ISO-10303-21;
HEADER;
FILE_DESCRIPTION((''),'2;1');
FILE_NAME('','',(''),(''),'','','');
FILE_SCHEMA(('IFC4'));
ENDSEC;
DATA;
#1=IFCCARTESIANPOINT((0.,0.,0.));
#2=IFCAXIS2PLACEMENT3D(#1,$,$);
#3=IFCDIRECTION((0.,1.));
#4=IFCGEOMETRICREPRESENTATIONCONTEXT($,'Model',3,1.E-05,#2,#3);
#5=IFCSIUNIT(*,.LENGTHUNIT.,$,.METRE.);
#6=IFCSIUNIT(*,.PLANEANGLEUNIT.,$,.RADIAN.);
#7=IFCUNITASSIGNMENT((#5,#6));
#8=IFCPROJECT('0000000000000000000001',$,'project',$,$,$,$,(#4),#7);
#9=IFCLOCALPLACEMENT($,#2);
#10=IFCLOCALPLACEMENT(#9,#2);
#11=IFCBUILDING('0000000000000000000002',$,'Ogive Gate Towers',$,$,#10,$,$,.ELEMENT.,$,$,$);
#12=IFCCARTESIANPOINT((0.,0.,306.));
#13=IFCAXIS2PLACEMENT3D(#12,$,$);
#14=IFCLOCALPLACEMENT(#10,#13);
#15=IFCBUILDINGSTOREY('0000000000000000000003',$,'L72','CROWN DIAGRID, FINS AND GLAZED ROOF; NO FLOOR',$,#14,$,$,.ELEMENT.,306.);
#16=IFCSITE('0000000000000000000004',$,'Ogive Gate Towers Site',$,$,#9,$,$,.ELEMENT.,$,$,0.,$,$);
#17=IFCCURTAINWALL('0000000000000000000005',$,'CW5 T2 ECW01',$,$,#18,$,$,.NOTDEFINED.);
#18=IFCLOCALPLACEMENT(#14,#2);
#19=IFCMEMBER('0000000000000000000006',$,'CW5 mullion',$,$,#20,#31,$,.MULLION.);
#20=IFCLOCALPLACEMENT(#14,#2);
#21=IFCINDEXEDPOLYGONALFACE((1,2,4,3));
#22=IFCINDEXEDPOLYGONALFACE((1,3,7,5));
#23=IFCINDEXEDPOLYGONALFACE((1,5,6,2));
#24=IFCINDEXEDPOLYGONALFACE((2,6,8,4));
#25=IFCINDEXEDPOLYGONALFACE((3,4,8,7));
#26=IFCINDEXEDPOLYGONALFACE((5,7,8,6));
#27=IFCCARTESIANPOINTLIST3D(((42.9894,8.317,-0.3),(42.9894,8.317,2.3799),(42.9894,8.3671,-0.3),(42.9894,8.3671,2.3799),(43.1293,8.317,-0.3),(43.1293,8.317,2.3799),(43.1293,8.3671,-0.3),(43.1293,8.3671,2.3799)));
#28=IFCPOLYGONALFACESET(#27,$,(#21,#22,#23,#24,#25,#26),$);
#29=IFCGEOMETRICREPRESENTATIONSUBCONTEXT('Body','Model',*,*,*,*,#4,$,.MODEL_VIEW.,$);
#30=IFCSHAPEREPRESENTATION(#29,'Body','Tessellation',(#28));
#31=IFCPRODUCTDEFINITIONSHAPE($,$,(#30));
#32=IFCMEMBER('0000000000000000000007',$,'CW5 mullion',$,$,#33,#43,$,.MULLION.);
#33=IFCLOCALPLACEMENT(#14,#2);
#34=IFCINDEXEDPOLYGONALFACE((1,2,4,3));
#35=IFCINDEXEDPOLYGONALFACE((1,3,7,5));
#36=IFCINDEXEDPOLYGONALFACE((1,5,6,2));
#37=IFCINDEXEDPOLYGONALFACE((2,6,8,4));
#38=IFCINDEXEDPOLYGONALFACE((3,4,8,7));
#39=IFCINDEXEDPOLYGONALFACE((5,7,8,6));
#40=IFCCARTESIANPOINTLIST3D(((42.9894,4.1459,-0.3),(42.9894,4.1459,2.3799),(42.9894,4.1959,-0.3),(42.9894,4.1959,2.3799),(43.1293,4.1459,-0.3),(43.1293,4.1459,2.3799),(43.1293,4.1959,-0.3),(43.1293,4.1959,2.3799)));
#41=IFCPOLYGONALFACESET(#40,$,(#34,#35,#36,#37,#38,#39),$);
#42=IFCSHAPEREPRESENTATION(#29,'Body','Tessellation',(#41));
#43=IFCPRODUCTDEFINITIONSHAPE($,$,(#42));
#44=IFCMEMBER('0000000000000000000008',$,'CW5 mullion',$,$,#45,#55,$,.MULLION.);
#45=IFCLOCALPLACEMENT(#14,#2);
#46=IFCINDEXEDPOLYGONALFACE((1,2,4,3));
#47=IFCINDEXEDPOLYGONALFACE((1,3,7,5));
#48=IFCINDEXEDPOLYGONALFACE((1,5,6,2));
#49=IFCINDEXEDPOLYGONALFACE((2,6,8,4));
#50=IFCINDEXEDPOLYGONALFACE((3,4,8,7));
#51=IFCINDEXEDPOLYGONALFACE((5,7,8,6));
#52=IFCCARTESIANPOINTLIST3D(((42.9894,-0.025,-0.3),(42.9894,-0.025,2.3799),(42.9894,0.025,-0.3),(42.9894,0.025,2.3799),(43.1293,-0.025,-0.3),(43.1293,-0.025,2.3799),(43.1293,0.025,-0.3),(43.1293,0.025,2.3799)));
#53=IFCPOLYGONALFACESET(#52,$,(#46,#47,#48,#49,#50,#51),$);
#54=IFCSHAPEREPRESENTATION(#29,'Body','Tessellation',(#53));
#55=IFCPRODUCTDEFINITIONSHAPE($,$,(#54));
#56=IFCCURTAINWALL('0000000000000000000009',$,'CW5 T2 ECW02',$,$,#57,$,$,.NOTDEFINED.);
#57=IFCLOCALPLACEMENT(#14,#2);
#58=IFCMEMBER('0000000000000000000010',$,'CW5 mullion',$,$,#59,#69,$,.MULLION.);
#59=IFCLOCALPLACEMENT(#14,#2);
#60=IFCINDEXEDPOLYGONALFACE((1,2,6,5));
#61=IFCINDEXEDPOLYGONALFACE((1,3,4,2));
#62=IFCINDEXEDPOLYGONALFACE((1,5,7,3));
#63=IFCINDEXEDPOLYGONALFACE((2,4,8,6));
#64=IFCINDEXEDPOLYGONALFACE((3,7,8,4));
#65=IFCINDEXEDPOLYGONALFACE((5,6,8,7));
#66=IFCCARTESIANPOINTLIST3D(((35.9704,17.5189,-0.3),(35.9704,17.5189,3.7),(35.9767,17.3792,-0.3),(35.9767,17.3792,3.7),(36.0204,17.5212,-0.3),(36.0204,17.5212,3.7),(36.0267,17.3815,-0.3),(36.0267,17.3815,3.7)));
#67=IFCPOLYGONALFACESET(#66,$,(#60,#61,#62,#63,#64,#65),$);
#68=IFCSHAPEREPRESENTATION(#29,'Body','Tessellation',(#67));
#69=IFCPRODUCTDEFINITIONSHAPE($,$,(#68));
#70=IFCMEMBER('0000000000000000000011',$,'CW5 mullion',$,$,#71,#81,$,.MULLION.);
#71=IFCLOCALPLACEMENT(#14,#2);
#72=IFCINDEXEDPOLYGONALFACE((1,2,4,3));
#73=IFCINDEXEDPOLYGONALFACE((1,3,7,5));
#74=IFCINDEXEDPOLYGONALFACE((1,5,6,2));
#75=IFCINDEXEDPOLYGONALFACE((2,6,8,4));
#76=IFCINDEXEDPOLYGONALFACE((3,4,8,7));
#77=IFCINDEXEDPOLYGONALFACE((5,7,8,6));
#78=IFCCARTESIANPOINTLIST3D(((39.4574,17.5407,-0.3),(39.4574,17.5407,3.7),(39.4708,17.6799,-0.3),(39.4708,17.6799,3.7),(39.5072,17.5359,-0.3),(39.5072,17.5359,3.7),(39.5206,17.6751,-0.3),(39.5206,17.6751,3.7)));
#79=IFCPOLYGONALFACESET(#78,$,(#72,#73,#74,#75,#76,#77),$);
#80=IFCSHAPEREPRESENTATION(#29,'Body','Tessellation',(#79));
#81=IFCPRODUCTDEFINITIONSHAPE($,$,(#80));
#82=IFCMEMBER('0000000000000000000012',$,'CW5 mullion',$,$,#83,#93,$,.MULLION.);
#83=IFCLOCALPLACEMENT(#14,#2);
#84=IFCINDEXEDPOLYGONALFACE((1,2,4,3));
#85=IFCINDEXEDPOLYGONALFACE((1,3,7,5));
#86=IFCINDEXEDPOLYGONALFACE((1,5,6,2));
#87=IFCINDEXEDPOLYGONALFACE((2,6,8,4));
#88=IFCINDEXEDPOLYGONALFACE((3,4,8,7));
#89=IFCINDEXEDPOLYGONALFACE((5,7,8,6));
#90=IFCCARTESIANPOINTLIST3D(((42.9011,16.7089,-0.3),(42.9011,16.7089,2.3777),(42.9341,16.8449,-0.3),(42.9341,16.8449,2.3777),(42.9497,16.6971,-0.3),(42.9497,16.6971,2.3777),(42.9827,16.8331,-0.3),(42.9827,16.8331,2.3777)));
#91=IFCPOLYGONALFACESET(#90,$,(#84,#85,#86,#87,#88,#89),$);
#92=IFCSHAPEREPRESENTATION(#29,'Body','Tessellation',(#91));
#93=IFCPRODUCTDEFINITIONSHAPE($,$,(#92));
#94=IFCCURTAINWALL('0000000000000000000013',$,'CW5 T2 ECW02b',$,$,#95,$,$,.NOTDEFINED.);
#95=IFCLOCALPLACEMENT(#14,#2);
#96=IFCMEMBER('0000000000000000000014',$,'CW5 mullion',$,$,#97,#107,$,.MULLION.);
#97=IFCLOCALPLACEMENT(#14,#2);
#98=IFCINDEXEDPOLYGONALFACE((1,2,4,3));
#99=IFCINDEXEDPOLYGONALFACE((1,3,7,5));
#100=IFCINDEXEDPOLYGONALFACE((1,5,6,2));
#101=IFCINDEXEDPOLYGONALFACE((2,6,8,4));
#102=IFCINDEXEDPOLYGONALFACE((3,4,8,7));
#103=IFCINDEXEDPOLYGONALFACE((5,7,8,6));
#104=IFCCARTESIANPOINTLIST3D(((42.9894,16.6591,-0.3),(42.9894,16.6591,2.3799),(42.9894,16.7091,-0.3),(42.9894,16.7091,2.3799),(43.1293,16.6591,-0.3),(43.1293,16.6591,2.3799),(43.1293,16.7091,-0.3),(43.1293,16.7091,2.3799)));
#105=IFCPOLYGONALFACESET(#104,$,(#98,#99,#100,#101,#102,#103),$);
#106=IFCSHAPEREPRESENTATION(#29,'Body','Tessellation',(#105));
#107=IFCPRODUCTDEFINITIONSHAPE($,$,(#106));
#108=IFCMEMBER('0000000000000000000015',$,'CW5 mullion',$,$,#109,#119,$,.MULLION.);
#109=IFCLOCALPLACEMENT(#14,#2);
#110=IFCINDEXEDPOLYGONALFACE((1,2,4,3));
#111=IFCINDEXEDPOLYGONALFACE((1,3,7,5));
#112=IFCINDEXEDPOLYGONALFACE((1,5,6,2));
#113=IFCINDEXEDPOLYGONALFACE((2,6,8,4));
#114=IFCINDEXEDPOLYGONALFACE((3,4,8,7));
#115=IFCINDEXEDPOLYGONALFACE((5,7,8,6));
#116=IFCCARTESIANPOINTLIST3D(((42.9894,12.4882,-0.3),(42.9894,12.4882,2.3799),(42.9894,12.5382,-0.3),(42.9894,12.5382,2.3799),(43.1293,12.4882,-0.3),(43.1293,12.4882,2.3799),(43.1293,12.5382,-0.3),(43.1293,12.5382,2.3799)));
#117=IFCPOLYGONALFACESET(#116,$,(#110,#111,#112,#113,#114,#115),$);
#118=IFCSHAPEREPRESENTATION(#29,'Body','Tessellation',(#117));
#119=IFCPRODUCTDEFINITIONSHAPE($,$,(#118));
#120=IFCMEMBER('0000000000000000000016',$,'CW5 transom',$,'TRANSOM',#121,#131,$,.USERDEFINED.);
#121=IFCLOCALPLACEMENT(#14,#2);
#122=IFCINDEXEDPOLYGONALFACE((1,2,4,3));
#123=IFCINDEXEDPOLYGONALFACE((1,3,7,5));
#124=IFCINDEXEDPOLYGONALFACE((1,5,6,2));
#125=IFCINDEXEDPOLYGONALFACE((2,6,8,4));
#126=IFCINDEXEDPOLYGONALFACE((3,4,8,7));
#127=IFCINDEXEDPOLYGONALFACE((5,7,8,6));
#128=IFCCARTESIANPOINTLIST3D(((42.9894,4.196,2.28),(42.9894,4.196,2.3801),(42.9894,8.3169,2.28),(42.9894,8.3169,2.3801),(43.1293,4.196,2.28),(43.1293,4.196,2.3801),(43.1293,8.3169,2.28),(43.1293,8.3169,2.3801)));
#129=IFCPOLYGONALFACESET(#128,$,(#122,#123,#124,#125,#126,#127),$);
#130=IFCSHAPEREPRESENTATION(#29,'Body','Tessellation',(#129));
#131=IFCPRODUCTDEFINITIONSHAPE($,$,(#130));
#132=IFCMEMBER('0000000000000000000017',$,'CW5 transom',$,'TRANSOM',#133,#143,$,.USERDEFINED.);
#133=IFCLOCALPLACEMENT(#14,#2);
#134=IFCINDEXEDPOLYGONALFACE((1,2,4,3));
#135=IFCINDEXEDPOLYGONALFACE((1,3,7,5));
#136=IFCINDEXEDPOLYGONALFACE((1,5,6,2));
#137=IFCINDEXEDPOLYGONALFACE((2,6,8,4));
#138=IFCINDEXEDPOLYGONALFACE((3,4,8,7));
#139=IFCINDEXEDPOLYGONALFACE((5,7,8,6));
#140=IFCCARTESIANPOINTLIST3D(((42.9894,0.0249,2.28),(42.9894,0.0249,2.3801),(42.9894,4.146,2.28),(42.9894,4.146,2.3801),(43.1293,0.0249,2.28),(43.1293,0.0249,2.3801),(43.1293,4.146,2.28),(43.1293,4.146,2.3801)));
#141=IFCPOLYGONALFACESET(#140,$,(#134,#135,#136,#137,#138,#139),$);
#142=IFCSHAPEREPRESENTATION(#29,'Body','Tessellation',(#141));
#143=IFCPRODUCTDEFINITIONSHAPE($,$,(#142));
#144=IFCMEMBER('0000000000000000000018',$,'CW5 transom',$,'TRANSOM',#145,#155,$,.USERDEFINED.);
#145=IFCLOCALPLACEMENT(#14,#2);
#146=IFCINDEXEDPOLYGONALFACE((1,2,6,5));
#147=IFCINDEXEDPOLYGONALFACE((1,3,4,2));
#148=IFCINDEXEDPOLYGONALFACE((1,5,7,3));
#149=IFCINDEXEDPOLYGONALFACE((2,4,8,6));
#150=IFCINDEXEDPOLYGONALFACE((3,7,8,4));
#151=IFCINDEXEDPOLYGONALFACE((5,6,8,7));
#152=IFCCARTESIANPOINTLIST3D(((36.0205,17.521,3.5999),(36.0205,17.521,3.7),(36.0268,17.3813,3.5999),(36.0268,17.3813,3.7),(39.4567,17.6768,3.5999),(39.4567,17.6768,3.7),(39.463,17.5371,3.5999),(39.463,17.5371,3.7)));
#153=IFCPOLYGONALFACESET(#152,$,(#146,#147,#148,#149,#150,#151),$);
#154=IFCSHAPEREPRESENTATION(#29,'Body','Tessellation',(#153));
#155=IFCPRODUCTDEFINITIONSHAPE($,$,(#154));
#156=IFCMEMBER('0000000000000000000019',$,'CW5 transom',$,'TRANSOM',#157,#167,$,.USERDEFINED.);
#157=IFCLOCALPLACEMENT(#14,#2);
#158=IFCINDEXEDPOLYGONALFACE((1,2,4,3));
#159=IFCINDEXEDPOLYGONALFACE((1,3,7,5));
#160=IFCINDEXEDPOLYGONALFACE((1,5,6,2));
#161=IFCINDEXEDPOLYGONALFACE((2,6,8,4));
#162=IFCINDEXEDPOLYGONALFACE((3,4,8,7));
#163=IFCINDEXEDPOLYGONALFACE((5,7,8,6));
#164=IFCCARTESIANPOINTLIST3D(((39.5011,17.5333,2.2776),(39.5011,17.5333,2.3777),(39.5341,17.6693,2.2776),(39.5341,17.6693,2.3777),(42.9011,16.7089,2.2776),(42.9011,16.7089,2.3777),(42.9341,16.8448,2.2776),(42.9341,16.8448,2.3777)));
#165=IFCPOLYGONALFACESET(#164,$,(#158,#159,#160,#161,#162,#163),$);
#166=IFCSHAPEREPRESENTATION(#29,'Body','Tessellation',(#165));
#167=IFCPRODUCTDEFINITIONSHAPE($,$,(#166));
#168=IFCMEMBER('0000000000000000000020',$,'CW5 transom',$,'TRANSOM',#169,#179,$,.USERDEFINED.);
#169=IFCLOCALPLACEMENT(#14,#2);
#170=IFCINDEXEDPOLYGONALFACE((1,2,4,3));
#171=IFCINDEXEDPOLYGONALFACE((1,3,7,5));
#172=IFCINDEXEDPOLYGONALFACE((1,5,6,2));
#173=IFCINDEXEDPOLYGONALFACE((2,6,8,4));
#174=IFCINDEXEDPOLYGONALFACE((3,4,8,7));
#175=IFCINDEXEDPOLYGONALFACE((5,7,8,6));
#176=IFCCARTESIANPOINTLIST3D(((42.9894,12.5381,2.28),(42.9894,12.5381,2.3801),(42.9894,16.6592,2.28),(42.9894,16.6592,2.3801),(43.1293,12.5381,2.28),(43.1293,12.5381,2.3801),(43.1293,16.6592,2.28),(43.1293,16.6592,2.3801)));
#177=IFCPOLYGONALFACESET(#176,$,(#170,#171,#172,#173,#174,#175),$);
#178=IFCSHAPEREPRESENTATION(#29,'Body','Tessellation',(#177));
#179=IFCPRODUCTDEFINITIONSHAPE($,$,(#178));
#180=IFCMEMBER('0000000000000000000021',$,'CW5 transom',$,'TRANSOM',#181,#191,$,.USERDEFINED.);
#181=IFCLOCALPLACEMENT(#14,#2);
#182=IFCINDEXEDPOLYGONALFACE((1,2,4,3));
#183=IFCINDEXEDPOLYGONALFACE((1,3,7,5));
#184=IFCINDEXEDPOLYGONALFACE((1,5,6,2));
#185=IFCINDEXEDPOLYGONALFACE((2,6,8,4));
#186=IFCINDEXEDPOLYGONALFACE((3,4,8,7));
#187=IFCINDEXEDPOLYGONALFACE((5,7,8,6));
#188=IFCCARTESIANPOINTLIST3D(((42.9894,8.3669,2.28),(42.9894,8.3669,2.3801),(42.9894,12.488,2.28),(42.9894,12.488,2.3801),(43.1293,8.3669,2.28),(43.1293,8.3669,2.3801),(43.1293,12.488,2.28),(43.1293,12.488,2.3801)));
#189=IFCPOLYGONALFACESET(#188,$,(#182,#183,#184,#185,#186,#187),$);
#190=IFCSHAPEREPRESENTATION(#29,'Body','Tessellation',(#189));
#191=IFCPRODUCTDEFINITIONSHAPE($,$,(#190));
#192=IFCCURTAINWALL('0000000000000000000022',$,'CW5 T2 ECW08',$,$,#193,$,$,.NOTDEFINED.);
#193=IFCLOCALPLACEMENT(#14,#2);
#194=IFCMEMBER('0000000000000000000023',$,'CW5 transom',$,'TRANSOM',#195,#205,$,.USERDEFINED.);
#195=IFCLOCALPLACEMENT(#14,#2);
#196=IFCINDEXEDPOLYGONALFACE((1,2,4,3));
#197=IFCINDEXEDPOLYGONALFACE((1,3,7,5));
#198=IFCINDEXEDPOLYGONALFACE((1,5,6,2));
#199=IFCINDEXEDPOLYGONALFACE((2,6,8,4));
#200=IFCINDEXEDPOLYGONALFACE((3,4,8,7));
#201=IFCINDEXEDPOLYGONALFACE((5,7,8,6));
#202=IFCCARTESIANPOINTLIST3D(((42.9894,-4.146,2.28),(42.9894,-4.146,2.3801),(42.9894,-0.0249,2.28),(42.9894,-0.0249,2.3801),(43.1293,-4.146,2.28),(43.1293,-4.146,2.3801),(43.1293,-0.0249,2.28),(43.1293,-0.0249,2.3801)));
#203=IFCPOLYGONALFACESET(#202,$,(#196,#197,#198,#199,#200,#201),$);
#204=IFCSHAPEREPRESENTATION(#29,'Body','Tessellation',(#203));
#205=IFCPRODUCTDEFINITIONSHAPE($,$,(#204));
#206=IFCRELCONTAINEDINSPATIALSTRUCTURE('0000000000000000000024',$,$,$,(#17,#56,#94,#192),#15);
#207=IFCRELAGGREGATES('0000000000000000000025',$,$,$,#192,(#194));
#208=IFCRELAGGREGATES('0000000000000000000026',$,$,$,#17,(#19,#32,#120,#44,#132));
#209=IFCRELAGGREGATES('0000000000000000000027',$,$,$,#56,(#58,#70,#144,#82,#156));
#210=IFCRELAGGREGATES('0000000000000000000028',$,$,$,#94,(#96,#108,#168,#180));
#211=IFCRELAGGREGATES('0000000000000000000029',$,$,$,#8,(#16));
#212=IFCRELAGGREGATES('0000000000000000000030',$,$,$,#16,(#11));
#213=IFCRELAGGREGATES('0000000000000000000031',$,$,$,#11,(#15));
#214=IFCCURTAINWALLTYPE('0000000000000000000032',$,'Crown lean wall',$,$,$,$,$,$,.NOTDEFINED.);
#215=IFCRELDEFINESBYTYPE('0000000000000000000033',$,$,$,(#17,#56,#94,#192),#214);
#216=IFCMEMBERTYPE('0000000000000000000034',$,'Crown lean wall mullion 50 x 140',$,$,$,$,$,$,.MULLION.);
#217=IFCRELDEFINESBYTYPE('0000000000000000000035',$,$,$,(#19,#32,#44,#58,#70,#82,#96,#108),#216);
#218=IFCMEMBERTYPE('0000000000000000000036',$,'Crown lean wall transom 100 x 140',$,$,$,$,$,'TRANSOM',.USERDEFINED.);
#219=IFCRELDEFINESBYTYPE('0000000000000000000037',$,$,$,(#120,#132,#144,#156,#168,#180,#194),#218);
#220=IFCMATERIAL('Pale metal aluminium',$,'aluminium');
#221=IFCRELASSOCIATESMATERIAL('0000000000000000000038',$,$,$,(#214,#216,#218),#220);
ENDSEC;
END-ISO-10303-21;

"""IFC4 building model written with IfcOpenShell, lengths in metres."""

from ifc_helpers import new_model, si_unit, direction, frame, origin, origin_2d, place, context, subcontext, project, spatial, rectangle, extrude, material, material_profile, profile_set, type_object, element, aggregate, save


model = new_model("IFC4")

# Units and contexts
model_context = context("Model", 3, precision=1e-05, world=origin(), true_north=direction((0.0, 1.0)))
body_context = subcontext(model_context, "Body", "Model", "MODEL_VIEW")
ifc_project = project(units=[si_unit("LENGTHUNIT", "METRE"), si_unit("PLANEANGLEUNIT", "RADIAN")], contexts=[model_context])

# Site, building, storey
site_placement = place(None, origin())
site = spatial("IfcSite", under=ifc_project, at=site_placement, Name="Ogive Gate Towers Site", CompositionType="ELEMENT", RefElevation=0.0)
building_placement = place(site_placement, origin())
building = spatial("IfcBuilding", under=site, at=building_placement, Name="Ogive Gate Towers", CompositionType="ELEMENT")
storey_placement = place(building_placement, frame((0.0, 0.0, 306.0)))
storey = spatial("IfcBuildingStorey", under=building, at=storey_placement, Name="L72", Description="CROWN DIAGRID, FINS AND GLAZED ROOF; NO FLOOR", CompositionType="ELEMENT", Elevation=306.0)

# Curtain walls, members
ifc_material_1 = material(Name="Pale metal aluminium", Category="aluminium")
curtain_wall_type = type_object("IfcCurtainWallType", Name="Crown lean wall", PredefinedType="NOTDEFINED", material=ifc_material_1)
curtain_wall_1_placement = place(storey_placement, origin())
curtain_wall_1 = element("IfcCurtainWall", 1, at=curtain_wall_1_placement, inside=storey, type_object=curtain_wall_type, Name="CW5 T2 ECW01", PredefinedType="NOTDEFINED")
ifc_material_profile_1 = material_profile(ifc_material_1, rectangle(XDim=0.1399, YDim=0.05, at=origin_2d()), Name="50 x 140 aluminium box")
ifc_profile_set_1 = profile_set([ifc_material_profile_1], Name="Pale metal aluminium")
member_type_1 = type_object("IfcMemberType", Name="Crown lean wall mullion 50 x 140", PredefinedType="MULLION", material=ifc_profile_set_1)
member_1_placement = place(storey_placement, frame((43.0593, 8.342, -0.3), z_axis=(0.0, 0.0, 1.0), x_axis=(-1.0, 0.0, 0.0)))
member_1 = element("IfcMember", 2, at=member_1_placement, type_object=member_type_1, Name="CW5 mullion", PredefinedType="MULLION", context=body_context, shape_type="SweptSolid", body=[
    extrude(rectangle(XDim=0.1399, YDim=0.05, at=origin_2d()), origin(), (0.0, 0.0, 1.0), 2.6799),
])
member_2_placement = place(storey_placement, frame((43.0593, 4.1709, -0.3), z_axis=(0.0, 0.0, 1.0), x_axis=(-1.0, 0.0, 0.0)))
member_2 = element("IfcMember", 3, at=member_2_placement, type_object=member_type_1, Name="CW5 mullion", PredefinedType="MULLION", context=body_context, shape_type="SweptSolid", body=[
    extrude(rectangle(XDim=0.1399, YDim=0.05, at=origin_2d()), origin(), (0.0, 0.0, 1.0), 2.6799),
])
member_3_placement = place(storey_placement, frame((43.0593, 0.0, -0.3), z_axis=(0.0, 0.0, 1.0), x_axis=(-1.0, 0.0, 0.0)))
member_3 = element("IfcMember", 4, at=member_3_placement, type_object=member_type_1, Name="CW5 mullion", PredefinedType="MULLION", context=body_context, shape_type="SweptSolid", body=[
    extrude(rectangle(XDim=0.1399, YDim=0.05, at=origin_2d()), origin(), (0.0, 0.0, 1.0), 2.6799),
])
curtain_wall_2_placement = place(storey_placement, origin())
curtain_wall_2 = element("IfcCurtainWall", 5, at=curtain_wall_2_placement, inside=storey, type_object=curtain_wall_type, Name="CW5 T2 ECW02", PredefinedType="NOTDEFINED")
member_4_placement = place(storey_placement, frame((35.9985, 17.4502, -0.3), z_axis=(0.0, 0.0, 1.0), x_axis=(0.045276, -0.998975, 0.0)))
member_4 = element("IfcMember", 6, at=member_4_placement, type_object=member_type_1, Name="CW5 mullion", PredefinedType="MULLION", context=body_context, shape_type="SweptSolid", body=[
    extrude(rectangle(XDim=0.1399, YDim=0.05, at=origin_2d()), origin(), (0.0, 0.0, 1.0), 4.0),
])
member_5_placement = place(storey_placement, frame((39.489, 17.6079, -0.3), z_axis=(0.0, 0.0, 1.0), x_axis=(-0.096158, -0.995366, 0.0)))
member_5 = element("IfcMember", 7, at=member_5_placement, type_object=member_type_1, Name="CW5 mullion", PredefinedType="MULLION", context=body_context, shape_type="SweptSolid", body=[
    extrude(rectangle(XDim=0.1399, YDim=0.05, at=origin_2d()), origin(), (0.0, 0.0, 1.0), 4.0),
])
member_6_placement = place(storey_placement, frame((42.9419, 16.771, -0.3), z_axis=(0.0, 0.0, 1.0), x_axis=(-0.235685, -0.97183, 0.0)))
member_6 = element("IfcMember", 8, at=member_6_placement, type_object=member_type_1, Name="CW5 mullion", PredefinedType="MULLION", context=body_context, shape_type="SweptSolid", body=[
    extrude(rectangle(XDim=0.1399, YDim=0.05, at=origin_2d()), origin(), (0.0, 0.0, 1.0), 2.6777),
])
curtain_wall_3_placement = place(storey_placement, origin())
curtain_wall_3 = element("IfcCurtainWall", 9, at=curtain_wall_3_placement, inside=storey, type_object=curtain_wall_type, Name="CW5 T2 ECW02b", PredefinedType="NOTDEFINED")
member_7_placement = place(storey_placement, frame((43.0593, 16.6841, -0.3), z_axis=(0.0, 0.0, 1.0), x_axis=(-1.0, 0.0, 0.0)))
member_7 = element("IfcMember", 10, at=member_7_placement, type_object=member_type_1, Name="CW5 mullion", PredefinedType="MULLION", context=body_context, shape_type="SweptSolid", body=[
    extrude(rectangle(XDim=0.1399, YDim=0.05, at=origin_2d()), origin(), (0.0, 0.0, 1.0), 2.6799),
])
member_8_placement = place(storey_placement, frame((43.0593, 12.5132, -0.3), z_axis=(0.0, 0.0, 1.0), x_axis=(-1.0, 0.0, 0.0)))
member_8 = element("IfcMember", 11, at=member_8_placement, type_object=member_type_1, Name="CW5 mullion", PredefinedType="MULLION", context=body_context, shape_type="SweptSolid", body=[
    extrude(rectangle(XDim=0.1399, YDim=0.05, at=origin_2d()), origin(), (0.0, 0.0, 1.0), 2.6799),
])

# Members
ifc_material_profile_2 = material_profile(ifc_material_1, rectangle(XDim=0.1399, YDim=0.1001, at=origin_2d()), Name="100 x 140 aluminium box")
ifc_profile_set_2 = profile_set([ifc_material_profile_2], Name="Pale metal aluminium")
member_type_2 = type_object("IfcMemberType", Name="Crown lean wall transom 100 x 140", ElementType="TRANSOM", PredefinedType="USERDEFINED", material=ifc_profile_set_2)
member_9_placement = place(storey_placement, frame((43.0593, 8.3169, 2.3301), z_axis=(0.0, -1.0, 0.0), x_axis=(1.0, 0.0, 0.0)))
member_9 = element("IfcMember", 12, at=member_9_placement, type_object=member_type_2, Name="CW5 transom", ObjectType="TRANSOM", PredefinedType="USERDEFINED", context=body_context, shape_type="SweptSolid", body=[
    extrude(rectangle(XDim=0.1399, YDim=0.1001, at=origin_2d()), origin(), (0.0, 0.0, 1.0), 4.1208),
])
member_10_placement = place(storey_placement, frame((43.0593, 4.146, 2.3301), z_axis=(0.0, -1.0, 0.0), x_axis=(1.0, 0.0, 0.0)))
member_10 = element("IfcMember", 13, at=member_10_placement, type_object=member_type_2, Name="CW5 transom", ObjectType="TRANSOM", PredefinedType="USERDEFINED", context=body_context, shape_type="SweptSolid", body=[
    extrude(rectangle(XDim=0.1399, YDim=0.1001, at=origin_2d()), origin(), (0.0, 0.0, 1.0), 4.1211),
])
member_11_placement = place(storey_placement, frame((36.0237, 17.4512, 3.6499), z_axis=(0.998974, 0.045282, 0.0), x_axis=(-0.045282, 0.998974, 0.0)))
member_11 = element("IfcMember", 14, at=member_11_placement, type_object=member_type_2, Name="CW5 transom", ObjectType="TRANSOM", PredefinedType="USERDEFINED", context=body_context, shape_type="SweptSolid", body=[
    extrude(rectangle(XDim=0.1399, YDim=0.1001, at=origin_2d()), origin(), (0.0, 0.0, 1.0), 3.4397),
])
member_12_placement = place(storey_placement, frame((39.5176, 17.6013, 2.3276), z_axis=(0.971834, -0.235666, 0.0), x_axis=(0.235666, 0.971834, 0.0)))
member_12 = element("IfcMember", 15, at=member_12_placement, type_object=member_type_2, Name="CW5 transom", ObjectType="TRANSOM", PredefinedType="USERDEFINED", context=body_context, shape_type="SweptSolid", body=[
    extrude(rectangle(XDim=0.1399, YDim=0.1001, at=origin_2d()), origin(), (0.0, 0.0, 1.0), 3.4985),
])
member_13_placement = place(storey_placement, frame((43.0593, 16.6592, 2.3301), z_axis=(0.0, -1.0, 0.0), x_axis=(1.0, 0.0, 0.0)))
member_13 = element("IfcMember", 16, at=member_13_placement, type_object=member_type_2, Name="CW5 transom", ObjectType="TRANSOM", PredefinedType="USERDEFINED", context=body_context, shape_type="SweptSolid", body=[
    extrude(rectangle(XDim=0.1399, YDim=0.1001, at=origin_2d()), origin(), (0.0, 0.0, 1.0), 4.1211),
])
member_14_placement = place(storey_placement, frame((43.0593, 12.488, 2.3301), z_axis=(0.0, -1.0, 0.0), x_axis=(1.0, 0.0, 0.0)))
member_14 = element("IfcMember", 17, at=member_14_placement, type_object=member_type_2, Name="CW5 transom", ObjectType="TRANSOM", PredefinedType="USERDEFINED", context=body_context, shape_type="SweptSolid", body=[
    extrude(rectangle(XDim=0.1399, YDim=0.1001, at=origin_2d()), origin(), (0.0, 0.0, 1.0), 4.1211),
])

# Curtain wall, member
curtain_wall_4_placement = place(storey_placement, origin())
curtain_wall_4 = element("IfcCurtainWall", 18, at=curtain_wall_4_placement, inside=storey, type_object=curtain_wall_type, Name="CW5 T2 ECW08", PredefinedType="NOTDEFINED")
member_15_placement = place(storey_placement, frame((43.0593, -0.0249, 2.3301), z_axis=(0.0, -1.0, 0.0), x_axis=(1.0, 0.0, 0.0)))
member_15 = element("IfcMember", 19, at=member_15_placement, type_object=member_type_2, Name="CW5 transom", ObjectType="TRANSOM", PredefinedType="USERDEFINED", context=body_context, shape_type="SweptSolid", body=[
    extrude(rectangle(XDim=0.1399, YDim=0.1001, at=origin_2d()), origin(), (0.0, 0.0, 1.0), 4.1211),
])
aggregate(curtain_wall_4, [member_15])

aggregate(curtain_wall_1, [member_1, member_2, member_9, member_3, member_10])
aggregate(curtain_wall_2, [member_4, member_5, member_11, member_6, member_12])
aggregate(curtain_wall_3, [member_7, member_8, member_13, member_14])

save(model, "model.ifc")
